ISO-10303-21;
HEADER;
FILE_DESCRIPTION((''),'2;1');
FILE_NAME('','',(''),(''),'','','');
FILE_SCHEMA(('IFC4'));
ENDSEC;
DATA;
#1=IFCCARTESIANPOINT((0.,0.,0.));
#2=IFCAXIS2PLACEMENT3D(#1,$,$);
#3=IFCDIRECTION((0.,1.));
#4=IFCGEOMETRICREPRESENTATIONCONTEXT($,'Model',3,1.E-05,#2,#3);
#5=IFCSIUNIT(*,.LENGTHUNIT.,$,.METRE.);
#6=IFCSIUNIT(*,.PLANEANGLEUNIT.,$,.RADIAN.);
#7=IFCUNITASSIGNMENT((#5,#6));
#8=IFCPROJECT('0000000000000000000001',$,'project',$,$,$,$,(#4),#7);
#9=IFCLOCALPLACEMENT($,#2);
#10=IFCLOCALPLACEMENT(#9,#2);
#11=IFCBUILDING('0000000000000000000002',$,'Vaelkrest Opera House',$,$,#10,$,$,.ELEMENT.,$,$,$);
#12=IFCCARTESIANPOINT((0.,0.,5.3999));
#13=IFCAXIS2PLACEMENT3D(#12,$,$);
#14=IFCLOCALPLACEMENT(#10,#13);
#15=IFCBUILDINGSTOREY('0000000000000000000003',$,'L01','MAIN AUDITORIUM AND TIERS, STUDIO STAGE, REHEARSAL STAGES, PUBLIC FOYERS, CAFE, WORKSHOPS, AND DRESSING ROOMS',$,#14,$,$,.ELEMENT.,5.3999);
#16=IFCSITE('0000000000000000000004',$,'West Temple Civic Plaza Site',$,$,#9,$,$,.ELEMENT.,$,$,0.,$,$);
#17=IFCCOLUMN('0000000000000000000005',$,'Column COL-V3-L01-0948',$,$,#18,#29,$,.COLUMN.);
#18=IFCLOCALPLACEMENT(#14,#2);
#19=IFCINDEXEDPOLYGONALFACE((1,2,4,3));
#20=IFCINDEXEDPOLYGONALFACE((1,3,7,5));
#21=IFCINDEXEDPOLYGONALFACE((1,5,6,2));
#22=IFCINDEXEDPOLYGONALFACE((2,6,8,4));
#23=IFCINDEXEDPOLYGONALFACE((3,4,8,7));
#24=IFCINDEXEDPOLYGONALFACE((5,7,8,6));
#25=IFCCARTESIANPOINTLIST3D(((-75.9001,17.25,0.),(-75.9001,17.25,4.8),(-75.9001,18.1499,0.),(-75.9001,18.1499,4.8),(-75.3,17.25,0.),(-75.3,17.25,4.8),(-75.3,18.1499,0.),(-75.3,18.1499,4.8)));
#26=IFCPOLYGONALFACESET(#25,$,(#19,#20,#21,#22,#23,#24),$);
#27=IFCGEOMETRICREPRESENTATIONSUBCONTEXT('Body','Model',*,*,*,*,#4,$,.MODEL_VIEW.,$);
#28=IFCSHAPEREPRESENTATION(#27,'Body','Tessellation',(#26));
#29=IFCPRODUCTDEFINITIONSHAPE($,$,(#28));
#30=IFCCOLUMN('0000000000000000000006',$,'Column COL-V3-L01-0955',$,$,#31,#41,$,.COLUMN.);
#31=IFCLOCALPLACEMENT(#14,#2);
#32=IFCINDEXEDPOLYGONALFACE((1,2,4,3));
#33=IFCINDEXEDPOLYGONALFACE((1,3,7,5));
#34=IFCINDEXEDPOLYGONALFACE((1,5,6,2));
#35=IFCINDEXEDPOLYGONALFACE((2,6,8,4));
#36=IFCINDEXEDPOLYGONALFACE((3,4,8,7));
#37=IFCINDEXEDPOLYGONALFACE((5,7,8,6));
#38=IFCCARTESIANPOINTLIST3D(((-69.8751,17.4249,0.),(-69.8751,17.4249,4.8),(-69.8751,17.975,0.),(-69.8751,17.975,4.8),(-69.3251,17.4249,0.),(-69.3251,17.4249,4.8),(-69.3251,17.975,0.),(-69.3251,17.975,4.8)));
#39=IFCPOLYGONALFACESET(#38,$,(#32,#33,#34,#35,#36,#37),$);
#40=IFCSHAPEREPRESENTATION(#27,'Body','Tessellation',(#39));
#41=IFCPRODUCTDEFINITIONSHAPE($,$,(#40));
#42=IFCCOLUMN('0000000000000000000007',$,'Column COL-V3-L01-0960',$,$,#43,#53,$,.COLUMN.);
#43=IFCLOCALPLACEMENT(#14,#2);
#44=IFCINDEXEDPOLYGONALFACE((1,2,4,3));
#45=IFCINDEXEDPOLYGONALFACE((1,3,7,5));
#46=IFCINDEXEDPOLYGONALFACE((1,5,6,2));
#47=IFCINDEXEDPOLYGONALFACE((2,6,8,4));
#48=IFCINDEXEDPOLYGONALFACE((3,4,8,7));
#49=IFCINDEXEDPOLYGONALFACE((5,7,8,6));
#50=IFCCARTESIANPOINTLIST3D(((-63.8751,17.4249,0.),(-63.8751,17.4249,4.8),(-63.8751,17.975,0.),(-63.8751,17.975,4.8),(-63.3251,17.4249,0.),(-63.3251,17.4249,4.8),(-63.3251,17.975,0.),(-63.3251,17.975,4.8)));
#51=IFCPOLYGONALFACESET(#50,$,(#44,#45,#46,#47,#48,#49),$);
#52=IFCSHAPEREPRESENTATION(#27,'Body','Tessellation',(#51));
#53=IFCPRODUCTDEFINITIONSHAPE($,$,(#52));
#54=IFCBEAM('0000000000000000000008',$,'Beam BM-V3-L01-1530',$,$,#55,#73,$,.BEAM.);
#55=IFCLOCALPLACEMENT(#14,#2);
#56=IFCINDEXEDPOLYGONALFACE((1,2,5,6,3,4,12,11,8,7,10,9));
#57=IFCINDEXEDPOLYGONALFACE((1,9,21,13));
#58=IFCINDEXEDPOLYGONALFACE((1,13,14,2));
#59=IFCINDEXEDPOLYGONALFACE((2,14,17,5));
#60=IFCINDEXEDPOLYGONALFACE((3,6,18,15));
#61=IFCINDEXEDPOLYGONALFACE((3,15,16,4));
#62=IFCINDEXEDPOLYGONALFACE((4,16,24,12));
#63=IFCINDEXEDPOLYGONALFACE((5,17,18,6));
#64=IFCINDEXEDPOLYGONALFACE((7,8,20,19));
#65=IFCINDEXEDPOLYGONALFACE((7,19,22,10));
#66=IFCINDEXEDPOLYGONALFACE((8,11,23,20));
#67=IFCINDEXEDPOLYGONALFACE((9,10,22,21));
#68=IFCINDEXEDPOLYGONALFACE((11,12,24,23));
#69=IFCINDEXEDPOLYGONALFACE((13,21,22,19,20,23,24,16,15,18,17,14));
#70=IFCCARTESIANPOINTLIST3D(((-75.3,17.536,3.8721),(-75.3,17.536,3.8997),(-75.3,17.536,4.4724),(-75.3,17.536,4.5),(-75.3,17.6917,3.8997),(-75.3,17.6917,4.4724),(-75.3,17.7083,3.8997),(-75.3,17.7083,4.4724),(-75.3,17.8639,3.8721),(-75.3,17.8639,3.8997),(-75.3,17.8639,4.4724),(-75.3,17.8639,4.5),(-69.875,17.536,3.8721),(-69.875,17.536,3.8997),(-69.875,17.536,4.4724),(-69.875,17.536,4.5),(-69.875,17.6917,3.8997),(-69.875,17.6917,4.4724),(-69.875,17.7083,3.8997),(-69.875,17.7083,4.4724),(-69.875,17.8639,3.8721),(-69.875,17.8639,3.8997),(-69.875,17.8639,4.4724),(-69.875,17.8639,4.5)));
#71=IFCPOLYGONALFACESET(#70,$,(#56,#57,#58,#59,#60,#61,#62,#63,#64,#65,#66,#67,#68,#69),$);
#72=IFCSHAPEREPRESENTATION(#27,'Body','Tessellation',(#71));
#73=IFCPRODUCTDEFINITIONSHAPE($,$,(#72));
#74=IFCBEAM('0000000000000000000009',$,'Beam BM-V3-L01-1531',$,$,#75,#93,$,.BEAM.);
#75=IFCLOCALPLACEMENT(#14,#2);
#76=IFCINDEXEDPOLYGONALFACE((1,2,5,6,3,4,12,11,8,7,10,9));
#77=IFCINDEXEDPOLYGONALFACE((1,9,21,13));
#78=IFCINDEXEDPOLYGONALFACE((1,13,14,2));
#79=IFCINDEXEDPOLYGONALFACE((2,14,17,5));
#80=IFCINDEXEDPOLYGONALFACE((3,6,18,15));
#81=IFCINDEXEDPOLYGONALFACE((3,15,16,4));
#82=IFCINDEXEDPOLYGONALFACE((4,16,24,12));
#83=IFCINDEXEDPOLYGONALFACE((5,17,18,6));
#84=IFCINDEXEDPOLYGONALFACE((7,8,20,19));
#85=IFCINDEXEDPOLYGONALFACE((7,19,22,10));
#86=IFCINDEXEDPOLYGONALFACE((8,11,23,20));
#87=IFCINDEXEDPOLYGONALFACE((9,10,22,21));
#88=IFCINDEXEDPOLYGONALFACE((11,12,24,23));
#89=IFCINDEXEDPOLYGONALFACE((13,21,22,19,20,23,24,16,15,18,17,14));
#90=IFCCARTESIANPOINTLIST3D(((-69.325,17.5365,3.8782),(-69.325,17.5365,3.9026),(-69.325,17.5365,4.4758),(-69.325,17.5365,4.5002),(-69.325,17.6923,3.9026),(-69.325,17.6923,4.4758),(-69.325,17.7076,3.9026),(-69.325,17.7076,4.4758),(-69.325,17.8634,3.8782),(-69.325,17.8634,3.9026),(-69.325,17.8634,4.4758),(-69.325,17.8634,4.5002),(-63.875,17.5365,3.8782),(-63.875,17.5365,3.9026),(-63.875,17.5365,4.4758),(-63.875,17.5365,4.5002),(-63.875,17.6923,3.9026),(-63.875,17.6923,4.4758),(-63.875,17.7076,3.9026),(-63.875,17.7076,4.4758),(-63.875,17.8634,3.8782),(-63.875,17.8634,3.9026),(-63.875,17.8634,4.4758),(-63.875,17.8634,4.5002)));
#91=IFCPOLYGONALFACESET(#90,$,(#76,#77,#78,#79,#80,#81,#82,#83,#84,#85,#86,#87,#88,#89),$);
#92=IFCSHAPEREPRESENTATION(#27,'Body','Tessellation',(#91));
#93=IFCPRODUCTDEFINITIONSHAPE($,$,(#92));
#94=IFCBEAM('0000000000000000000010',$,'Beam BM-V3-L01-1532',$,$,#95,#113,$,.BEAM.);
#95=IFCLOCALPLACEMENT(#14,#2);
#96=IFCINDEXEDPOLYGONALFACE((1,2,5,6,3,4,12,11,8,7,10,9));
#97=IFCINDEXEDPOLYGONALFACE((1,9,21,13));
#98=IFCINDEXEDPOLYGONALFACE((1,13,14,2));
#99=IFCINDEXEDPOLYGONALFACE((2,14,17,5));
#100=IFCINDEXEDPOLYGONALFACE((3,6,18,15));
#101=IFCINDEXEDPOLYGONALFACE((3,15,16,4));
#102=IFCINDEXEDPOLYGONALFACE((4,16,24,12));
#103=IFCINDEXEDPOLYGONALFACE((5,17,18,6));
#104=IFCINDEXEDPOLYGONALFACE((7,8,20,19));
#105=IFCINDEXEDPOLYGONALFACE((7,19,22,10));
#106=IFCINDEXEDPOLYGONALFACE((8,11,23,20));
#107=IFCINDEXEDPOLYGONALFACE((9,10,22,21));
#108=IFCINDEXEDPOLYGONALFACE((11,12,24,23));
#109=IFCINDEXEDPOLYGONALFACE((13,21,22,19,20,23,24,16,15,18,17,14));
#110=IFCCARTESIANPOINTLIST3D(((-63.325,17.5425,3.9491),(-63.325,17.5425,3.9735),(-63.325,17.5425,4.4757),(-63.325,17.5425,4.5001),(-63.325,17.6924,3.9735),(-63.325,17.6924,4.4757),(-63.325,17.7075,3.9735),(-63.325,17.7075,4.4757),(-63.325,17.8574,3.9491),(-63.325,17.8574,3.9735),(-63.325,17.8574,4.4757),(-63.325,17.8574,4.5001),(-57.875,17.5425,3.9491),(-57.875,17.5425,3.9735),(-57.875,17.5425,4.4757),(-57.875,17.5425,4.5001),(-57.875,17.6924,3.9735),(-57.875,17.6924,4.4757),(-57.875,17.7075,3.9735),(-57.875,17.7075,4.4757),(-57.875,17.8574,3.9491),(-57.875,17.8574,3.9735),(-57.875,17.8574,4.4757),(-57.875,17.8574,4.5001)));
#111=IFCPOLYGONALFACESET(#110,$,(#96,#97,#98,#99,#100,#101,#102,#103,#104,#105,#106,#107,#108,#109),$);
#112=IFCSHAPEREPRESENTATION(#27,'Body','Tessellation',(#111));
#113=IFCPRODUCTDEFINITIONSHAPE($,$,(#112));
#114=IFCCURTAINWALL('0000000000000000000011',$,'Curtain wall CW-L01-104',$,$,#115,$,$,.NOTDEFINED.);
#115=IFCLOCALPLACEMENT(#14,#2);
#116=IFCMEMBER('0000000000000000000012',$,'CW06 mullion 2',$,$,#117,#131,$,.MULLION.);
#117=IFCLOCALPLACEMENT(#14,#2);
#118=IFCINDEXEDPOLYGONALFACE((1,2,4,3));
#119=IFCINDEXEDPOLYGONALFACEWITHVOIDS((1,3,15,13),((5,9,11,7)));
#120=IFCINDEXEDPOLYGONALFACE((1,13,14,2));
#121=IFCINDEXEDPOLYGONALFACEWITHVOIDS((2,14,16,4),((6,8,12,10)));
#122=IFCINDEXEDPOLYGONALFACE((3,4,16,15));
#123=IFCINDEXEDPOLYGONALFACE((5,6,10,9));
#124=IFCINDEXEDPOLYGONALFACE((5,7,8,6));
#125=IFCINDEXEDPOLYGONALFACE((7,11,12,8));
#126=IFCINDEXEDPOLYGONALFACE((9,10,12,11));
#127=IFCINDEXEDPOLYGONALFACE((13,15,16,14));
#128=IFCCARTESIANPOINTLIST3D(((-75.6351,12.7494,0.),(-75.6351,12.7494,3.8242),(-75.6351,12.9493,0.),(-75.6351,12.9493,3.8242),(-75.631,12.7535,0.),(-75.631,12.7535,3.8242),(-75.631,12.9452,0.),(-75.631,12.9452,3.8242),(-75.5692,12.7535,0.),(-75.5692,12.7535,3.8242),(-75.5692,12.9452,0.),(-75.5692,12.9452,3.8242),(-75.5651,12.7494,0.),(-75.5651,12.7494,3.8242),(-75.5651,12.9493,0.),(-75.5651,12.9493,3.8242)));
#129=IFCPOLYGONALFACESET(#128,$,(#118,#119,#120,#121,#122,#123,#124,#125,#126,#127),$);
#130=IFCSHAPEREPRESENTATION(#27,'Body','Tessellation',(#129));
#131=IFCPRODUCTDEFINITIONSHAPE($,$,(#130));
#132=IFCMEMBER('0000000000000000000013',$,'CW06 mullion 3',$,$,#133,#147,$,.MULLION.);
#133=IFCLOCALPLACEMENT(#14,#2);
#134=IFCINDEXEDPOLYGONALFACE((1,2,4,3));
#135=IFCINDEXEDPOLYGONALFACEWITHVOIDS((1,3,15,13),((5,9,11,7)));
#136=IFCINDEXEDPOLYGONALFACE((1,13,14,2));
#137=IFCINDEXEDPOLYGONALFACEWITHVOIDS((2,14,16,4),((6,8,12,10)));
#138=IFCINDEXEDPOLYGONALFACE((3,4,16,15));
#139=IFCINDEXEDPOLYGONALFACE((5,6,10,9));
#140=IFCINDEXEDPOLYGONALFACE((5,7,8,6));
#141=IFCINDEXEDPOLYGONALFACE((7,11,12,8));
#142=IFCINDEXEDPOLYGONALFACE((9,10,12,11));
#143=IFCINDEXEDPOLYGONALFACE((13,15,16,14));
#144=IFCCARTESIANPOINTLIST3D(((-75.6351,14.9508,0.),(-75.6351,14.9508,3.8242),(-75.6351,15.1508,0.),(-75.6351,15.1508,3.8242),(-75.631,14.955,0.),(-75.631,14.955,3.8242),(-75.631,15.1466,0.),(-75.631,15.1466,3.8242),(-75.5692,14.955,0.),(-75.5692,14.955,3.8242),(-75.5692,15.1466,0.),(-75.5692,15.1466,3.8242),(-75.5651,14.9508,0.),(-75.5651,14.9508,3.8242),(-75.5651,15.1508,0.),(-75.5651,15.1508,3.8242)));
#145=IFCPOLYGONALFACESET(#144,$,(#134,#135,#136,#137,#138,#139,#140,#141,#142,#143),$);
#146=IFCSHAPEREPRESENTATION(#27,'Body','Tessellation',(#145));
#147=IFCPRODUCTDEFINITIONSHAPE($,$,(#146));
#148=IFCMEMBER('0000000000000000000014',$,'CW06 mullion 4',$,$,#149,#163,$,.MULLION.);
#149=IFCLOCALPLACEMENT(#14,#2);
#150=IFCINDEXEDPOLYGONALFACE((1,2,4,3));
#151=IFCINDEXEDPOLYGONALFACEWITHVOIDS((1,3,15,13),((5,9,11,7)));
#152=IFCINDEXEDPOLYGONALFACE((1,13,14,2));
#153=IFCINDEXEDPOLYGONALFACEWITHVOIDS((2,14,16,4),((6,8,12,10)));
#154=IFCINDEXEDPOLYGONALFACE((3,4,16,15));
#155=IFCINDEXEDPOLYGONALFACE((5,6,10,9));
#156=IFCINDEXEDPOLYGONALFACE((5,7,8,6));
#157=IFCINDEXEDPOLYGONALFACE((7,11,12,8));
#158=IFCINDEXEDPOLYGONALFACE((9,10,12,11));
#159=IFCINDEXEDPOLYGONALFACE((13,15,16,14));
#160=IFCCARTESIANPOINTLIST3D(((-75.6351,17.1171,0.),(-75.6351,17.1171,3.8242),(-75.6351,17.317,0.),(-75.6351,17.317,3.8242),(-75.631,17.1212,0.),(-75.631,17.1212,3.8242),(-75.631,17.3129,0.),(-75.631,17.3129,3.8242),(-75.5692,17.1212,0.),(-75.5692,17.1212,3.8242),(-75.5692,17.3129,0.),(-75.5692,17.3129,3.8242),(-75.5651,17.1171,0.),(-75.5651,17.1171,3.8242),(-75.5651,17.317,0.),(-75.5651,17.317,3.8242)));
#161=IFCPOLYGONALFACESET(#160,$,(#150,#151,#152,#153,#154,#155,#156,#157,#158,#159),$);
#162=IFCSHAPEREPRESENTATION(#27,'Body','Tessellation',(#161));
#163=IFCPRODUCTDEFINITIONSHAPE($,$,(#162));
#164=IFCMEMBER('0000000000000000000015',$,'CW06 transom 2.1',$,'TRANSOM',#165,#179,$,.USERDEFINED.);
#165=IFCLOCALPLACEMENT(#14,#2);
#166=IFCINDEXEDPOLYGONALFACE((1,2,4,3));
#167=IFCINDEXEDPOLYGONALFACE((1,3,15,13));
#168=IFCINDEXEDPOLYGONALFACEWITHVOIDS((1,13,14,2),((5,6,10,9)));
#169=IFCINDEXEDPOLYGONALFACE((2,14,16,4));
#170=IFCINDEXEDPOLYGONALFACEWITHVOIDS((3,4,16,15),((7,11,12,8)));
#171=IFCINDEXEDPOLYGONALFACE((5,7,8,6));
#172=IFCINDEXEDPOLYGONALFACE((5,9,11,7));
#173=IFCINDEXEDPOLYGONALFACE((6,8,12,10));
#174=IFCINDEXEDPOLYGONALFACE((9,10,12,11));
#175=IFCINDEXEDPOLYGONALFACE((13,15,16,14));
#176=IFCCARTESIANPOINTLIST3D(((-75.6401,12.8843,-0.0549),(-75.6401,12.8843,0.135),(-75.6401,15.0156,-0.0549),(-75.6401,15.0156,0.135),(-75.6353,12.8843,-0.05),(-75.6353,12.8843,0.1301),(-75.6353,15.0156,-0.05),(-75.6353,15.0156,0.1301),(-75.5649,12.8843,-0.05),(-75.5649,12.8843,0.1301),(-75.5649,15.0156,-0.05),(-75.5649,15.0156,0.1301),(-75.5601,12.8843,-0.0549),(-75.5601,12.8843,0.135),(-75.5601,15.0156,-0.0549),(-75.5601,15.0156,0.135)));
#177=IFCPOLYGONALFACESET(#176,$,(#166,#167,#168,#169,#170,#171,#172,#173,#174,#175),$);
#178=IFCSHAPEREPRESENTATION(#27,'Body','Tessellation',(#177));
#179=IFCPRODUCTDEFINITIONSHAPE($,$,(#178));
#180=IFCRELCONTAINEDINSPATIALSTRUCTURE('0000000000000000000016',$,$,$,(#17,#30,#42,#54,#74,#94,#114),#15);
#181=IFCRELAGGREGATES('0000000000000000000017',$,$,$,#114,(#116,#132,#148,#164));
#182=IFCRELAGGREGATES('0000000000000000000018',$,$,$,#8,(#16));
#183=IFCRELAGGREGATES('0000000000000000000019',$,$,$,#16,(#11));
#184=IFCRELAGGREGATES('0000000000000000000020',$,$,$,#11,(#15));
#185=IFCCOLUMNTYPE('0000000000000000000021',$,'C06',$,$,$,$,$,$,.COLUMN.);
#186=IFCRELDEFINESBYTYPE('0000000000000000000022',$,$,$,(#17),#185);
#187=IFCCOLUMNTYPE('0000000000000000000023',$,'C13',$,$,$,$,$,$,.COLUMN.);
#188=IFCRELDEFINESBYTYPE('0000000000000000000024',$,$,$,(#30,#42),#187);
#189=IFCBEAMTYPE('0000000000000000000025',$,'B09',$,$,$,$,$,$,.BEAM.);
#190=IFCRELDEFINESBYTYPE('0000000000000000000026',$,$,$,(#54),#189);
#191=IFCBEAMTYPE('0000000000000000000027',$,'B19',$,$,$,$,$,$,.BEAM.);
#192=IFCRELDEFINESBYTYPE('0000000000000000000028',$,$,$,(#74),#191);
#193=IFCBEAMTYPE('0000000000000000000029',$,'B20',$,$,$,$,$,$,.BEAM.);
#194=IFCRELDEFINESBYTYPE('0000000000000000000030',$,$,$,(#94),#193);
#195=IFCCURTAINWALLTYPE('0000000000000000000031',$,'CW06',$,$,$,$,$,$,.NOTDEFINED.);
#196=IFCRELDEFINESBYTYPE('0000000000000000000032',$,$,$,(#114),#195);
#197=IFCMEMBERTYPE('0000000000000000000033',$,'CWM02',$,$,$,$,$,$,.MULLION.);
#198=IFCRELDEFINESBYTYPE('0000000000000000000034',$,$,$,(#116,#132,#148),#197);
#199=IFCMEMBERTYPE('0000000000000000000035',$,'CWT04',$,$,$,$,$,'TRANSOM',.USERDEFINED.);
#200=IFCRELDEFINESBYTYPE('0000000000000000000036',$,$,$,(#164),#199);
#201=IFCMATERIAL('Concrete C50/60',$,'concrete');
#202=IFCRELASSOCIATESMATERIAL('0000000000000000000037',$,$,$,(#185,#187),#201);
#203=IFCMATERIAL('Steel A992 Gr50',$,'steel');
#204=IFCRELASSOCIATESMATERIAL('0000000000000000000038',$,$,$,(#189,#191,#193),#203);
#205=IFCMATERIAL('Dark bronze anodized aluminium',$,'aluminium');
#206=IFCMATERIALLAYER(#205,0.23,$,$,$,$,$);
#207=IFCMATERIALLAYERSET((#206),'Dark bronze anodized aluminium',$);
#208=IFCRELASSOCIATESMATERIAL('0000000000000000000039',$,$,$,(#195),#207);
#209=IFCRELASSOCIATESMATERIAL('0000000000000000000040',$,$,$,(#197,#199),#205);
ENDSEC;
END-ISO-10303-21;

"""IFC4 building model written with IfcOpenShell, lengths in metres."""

from ifc_helpers import new_model, si_unit, direction, frame, origin, origin_2d, place, context, subcontext, project, spatial, rectangle, hollow_rectangle, i_section, extrude, material, layer, layer_set, material_profile, profile_set, type_object, element, aggregate, save


model = new_model("IFC4")

# Units and contexts
model_context = context("Model", 3, precision=1e-05, world=origin(), true_north=direction((0.0, 1.0)))
body_context = subcontext(model_context, "Body", "Model", "MODEL_VIEW")
ifc_project = project(units=[si_unit("LENGTHUNIT", "METRE"), si_unit("PLANEANGLEUNIT", "RADIAN")], contexts=[model_context])

# Site, building, storey
site_placement = place(None, origin())
site = spatial("IfcSite", under=ifc_project, at=site_placement, Name="West Temple Civic Plaza Site", CompositionType="ELEMENT", RefElevation=0.0)
building_placement = place(site_placement, origin())
building = spatial("IfcBuilding", under=site, at=building_placement, Name="Vaelkrest Opera House", CompositionType="ELEMENT")
storey_placement = place(building_placement, frame((0.0, 0.0, 5.3999)))
storey = spatial("IfcBuildingStorey", under=building, at=storey_placement, Name="L01", Description="MAIN AUDITORIUM AND TIERS, STUDIO STAGE, REHEARSAL STAGES, PUBLIC FOYERS, CAFE, WORKSHOPS, AND DRESSING ROOMS", CompositionType="ELEMENT", Elevation=5.3999)

# Columns
ifc_material_1 = material(Name="Concrete C50/60", Category="concrete")
ifc_material_profile_1 = material_profile(ifc_material_1, rectangle(XDim=0.6001, YDim=0.8999, at=origin_2d()), Name="RC600X900")
ifc_profile_set_1 = profile_set([ifc_material_profile_1], Name="Concrete C50/60")
column_type_1 = type_object("IfcColumnType", Name="C06", PredefinedType="COLUMN", material=ifc_profile_set_1)
column_placement = place(storey_placement, frame((-75.6001, 17.7, 0.0), z_axis=(0.0, 0.0, 1.0), x_axis=(1.0, 0.0, 0.0)))
element("IfcColumn", 1, at=column_placement, inside=storey, type_object=column_type_1, Name="Column COL-V3-L01-0948", PredefinedType="COLUMN", context=body_context, shape_type="SweptSolid", body=[
    extrude(rectangle(XDim=0.6001, YDim=0.8999, at=origin_2d()), origin(), (0.0, 0.0, 1.0), 4.8),
])
ifc_material_profile_2 = material_profile(ifc_material_1, rectangle(XDim=0.55, YDim=0.55, at=origin_2d()), Name="RC550X550")
ifc_profile_set_2 = profile_set([ifc_material_profile_2], Name="Concrete C50/60")
column_type_2 = type_object("IfcColumnType", Name="C13", PredefinedType="COLUMN", material=ifc_profile_set_2)
for number, where, z_axis, x_axis, name in (
    (2, (-69.6001, 17.7, 0.0), (0.0, 0.0, 1.0), (1.0, 0.0, 0.0), "Column COL-V3-L01-0955"),
    (3, (-63.6001, 17.7, 0.0), (0.0, 0.0, 1.0), (1.0, 0.0, 0.0), "Column COL-V3-L01-0960"),
):
    element("IfcColumn", number, at=place(storey_placement, frame(where, z_axis=z_axis, x_axis=x_axis)), inside=storey, type_object=column_type_2, Name=name, PredefinedType="COLUMN", context=body_context, shape_type="SweptSolid", body=[
        extrude(rectangle(XDim=0.55, YDim=0.55, at=origin_2d()), origin(), (0.0, 0.0, 1.0), 4.8),
    ])

# Beams
ifc_material_2 = material(Name="Steel A992 Gr50", Category="steel")
ifc_material_profile_3 = material_profile(ifc_material_2, i_section(OverallWidth=0.3279, OverallDepth=0.6279, WebThickness=0.0166, FlangeThickness=0.0276, at=origin_2d()), Name="W24X146")
ifc_profile_set_3 = profile_set([ifc_material_profile_3], Name="Steel A992 Gr50")
beam_type_1 = type_object("IfcBeamType", Name="B09", PredefinedType="BEAM", material=ifc_profile_set_3)
beam_1_placement = place(storey_placement, frame((-75.3, 17.7, 4.186), z_axis=(1.0, 0.0, 0.0), x_axis=(0.0, 1.0, 0.0)))
element("IfcBeam", 4, at=beam_1_placement, inside=storey, type_object=beam_type_1, Name="Beam BM-V3-L01-1530", PredefinedType="BEAM", context=body_context, shape_type="SweptSolid", body=[
    extrude(i_section(OverallWidth=0.3279, OverallDepth=0.6279, WebThickness=0.0166, FlangeThickness=0.0276, at=origin_2d()), origin(), (0.0, 0.0, 1.0), 5.425),
])
ifc_material_profile_4 = material_profile(ifc_material_2, i_section(OverallWidth=0.3269, OverallDepth=0.6221, WebThickness=0.0154, FlangeThickness=0.0244, at=origin_2d()), Name="W24X131")
ifc_profile_set_4 = profile_set([ifc_material_profile_4], Name="Steel A992 Gr50")
beam_type_2 = type_object("IfcBeamType", Name="B19", PredefinedType="BEAM", material=ifc_profile_set_4)
beam_2_placement = place(storey_placement, frame((-69.325, 17.7, 4.1892), z_axis=(1.0, 0.0, 0.0), x_axis=(0.0, 1.0, 0.0)))
element("IfcBeam", 5, at=beam_2_placement, inside=storey, type_object=beam_type_2, Name="Beam BM-V3-L01-1531", PredefinedType="BEAM", context=body_context, shape_type="SweptSolid", body=[
    extrude(i_section(OverallWidth=0.3269, OverallDepth=0.6221, WebThickness=0.0154, FlangeThickness=0.0244, at=origin_2d()), origin(), (0.0, 0.0, 1.0), 5.45),
])
ifc_material_profile_5 = material_profile(ifc_material_2, i_section(OverallWidth=0.3149, OverallDepth=0.551, WebThickness=0.0151, FlangeThickness=0.0244, at=origin_2d()), Name="W21X122")
ifc_profile_set_5 = profile_set([ifc_material_profile_5], Name="Steel A992 Gr50")
beam_type_3 = type_object("IfcBeamType", Name="B20", PredefinedType="BEAM", material=ifc_profile_set_5)
beam_3_placement = place(storey_placement, frame((-63.325, 17.7, 4.2246), z_axis=(1.0, 0.0, 0.0), x_axis=(0.0, 1.0, 0.0)))
element("IfcBeam", 6, at=beam_3_placement, inside=storey, type_object=beam_type_3, Name="Beam BM-V3-L01-1532", PredefinedType="BEAM", context=body_context, shape_type="SweptSolid", body=[
    extrude(i_section(OverallWidth=0.3149, OverallDepth=0.551, WebThickness=0.0151, FlangeThickness=0.0244, at=origin_2d()), origin(), (0.0, 0.0, 1.0), 5.45),
])

# Curtain wall, members
ifc_material_3 = material(Name="Dark bronze anodized aluminium", Category="aluminium")
ifc_layer_1 = layer(ifc_material_3, 0.23)
ifc_layer_set_1 = layer_set([ifc_layer_1], Name="Dark bronze anodized aluminium")
curtain_wall_type = type_object("IfcCurtainWallType", Name="CW06", PredefinedType="NOTDEFINED", material=ifc_layer_set_1)
curtain_wall_placement = place(storey_placement, origin())
curtain_wall = element("IfcCurtainWall", 7, at=curtain_wall_placement, inside=storey, type_object=curtain_wall_type, Name="Curtain wall CW-L01-104", PredefinedType="NOTDEFINED")
ifc_material_profile_6 = material_profile(ifc_material_3, hollow_rectangle(XDim=0.0701, YDim=0.2, WallThickness=0.0042, at=origin_2d()), Name="CWM70X200")
ifc_profile_set_6 = profile_set([ifc_material_profile_6], Name="Dark bronze anodized aluminium")
member_type_1 = type_object("IfcMemberType", Name="CWM02", PredefinedType="MULLION", material=ifc_profile_set_6)
member_1_placement = place(storey_placement, frame((-75.6001, 12.8494, 0.0), z_axis=(0.0, 0.0, 1.0), x_axis=(-1.0, 0.0, 0.0)))
member_1 = element("IfcMember", 8, at=member_1_placement, type_object=member_type_1, Name="CW06 mullion 2", PredefinedType="MULLION", context=body_context, shape_type="SweptSolid", body=[
    extrude(hollow_rectangle(XDim=0.0701, YDim=0.2, WallThickness=0.0042, at=origin_2d()), origin(), (0.0, 0.0, 1.0), 3.8242),
])
member_2_placement = place(storey_placement, frame((-75.6001, 15.0508, 0.0), z_axis=(0.0, 0.0, 1.0), x_axis=(-1.0, 0.0, 0.0)))
member_2 = element("IfcMember", 9, at=member_2_placement, type_object=member_type_1, Name="CW06 mullion 3", PredefinedType="MULLION", context=body_context, shape_type="SweptSolid", body=[
    extrude(hollow_rectangle(XDim=0.0701, YDim=0.2, WallThickness=0.0042, at=origin_2d()), origin(), (0.0, 0.0, 1.0), 3.8242),
])
member_3_placement = place(storey_placement, frame((-75.6001, 17.217, 0.0), z_axis=(0.0, 0.0, 1.0), x_axis=(-1.0, 0.0, 0.0)))
member_3 = element("IfcMember", 10, at=member_3_placement, type_object=member_type_1, Name="CW06 mullion 4", PredefinedType="MULLION", context=body_context, shape_type="SweptSolid", body=[
    extrude(hollow_rectangle(XDim=0.0701, YDim=0.2, WallThickness=0.0042, at=origin_2d()), origin(), (0.0, 0.0, 1.0), 3.8242),
])
ifc_material_profile_7 = material_profile(ifc_material_3, hollow_rectangle(XDim=0.0801, YDim=0.1899, WallThickness=0.0049, at=origin_2d()), Name="CWT80X190")
ifc_profile_set_7 = profile_set([ifc_material_profile_7], Name="Dark bronze anodized aluminium")
member_type_2 = type_object("IfcMemberType", Name="CWT04", ElementType="TRANSOM", PredefinedType="USERDEFINED", material=ifc_profile_set_7)
member_4_placement = place(storey_placement, frame((-75.6001, 12.8843, 0.04), z_axis=(0.0, 1.0, 0.0), x_axis=(-1.0, 0.0, 0.0)))
member_4 = element("IfcMember", 11, at=member_4_placement, type_object=member_type_2, Name="CW06 transom 2.1", ObjectType="TRANSOM", PredefinedType="USERDEFINED", context=body_context, shape_type="SweptSolid", body=[
    extrude(hollow_rectangle(XDim=0.0801, YDim=0.1899, WallThickness=0.0049, at=origin_2d()), origin(), (0.0, 0.0, 1.0), 2.1313),
])

aggregate(curtain_wall, [member_1, member_2, member_3, member_4])

save(model, "model.ifc")
